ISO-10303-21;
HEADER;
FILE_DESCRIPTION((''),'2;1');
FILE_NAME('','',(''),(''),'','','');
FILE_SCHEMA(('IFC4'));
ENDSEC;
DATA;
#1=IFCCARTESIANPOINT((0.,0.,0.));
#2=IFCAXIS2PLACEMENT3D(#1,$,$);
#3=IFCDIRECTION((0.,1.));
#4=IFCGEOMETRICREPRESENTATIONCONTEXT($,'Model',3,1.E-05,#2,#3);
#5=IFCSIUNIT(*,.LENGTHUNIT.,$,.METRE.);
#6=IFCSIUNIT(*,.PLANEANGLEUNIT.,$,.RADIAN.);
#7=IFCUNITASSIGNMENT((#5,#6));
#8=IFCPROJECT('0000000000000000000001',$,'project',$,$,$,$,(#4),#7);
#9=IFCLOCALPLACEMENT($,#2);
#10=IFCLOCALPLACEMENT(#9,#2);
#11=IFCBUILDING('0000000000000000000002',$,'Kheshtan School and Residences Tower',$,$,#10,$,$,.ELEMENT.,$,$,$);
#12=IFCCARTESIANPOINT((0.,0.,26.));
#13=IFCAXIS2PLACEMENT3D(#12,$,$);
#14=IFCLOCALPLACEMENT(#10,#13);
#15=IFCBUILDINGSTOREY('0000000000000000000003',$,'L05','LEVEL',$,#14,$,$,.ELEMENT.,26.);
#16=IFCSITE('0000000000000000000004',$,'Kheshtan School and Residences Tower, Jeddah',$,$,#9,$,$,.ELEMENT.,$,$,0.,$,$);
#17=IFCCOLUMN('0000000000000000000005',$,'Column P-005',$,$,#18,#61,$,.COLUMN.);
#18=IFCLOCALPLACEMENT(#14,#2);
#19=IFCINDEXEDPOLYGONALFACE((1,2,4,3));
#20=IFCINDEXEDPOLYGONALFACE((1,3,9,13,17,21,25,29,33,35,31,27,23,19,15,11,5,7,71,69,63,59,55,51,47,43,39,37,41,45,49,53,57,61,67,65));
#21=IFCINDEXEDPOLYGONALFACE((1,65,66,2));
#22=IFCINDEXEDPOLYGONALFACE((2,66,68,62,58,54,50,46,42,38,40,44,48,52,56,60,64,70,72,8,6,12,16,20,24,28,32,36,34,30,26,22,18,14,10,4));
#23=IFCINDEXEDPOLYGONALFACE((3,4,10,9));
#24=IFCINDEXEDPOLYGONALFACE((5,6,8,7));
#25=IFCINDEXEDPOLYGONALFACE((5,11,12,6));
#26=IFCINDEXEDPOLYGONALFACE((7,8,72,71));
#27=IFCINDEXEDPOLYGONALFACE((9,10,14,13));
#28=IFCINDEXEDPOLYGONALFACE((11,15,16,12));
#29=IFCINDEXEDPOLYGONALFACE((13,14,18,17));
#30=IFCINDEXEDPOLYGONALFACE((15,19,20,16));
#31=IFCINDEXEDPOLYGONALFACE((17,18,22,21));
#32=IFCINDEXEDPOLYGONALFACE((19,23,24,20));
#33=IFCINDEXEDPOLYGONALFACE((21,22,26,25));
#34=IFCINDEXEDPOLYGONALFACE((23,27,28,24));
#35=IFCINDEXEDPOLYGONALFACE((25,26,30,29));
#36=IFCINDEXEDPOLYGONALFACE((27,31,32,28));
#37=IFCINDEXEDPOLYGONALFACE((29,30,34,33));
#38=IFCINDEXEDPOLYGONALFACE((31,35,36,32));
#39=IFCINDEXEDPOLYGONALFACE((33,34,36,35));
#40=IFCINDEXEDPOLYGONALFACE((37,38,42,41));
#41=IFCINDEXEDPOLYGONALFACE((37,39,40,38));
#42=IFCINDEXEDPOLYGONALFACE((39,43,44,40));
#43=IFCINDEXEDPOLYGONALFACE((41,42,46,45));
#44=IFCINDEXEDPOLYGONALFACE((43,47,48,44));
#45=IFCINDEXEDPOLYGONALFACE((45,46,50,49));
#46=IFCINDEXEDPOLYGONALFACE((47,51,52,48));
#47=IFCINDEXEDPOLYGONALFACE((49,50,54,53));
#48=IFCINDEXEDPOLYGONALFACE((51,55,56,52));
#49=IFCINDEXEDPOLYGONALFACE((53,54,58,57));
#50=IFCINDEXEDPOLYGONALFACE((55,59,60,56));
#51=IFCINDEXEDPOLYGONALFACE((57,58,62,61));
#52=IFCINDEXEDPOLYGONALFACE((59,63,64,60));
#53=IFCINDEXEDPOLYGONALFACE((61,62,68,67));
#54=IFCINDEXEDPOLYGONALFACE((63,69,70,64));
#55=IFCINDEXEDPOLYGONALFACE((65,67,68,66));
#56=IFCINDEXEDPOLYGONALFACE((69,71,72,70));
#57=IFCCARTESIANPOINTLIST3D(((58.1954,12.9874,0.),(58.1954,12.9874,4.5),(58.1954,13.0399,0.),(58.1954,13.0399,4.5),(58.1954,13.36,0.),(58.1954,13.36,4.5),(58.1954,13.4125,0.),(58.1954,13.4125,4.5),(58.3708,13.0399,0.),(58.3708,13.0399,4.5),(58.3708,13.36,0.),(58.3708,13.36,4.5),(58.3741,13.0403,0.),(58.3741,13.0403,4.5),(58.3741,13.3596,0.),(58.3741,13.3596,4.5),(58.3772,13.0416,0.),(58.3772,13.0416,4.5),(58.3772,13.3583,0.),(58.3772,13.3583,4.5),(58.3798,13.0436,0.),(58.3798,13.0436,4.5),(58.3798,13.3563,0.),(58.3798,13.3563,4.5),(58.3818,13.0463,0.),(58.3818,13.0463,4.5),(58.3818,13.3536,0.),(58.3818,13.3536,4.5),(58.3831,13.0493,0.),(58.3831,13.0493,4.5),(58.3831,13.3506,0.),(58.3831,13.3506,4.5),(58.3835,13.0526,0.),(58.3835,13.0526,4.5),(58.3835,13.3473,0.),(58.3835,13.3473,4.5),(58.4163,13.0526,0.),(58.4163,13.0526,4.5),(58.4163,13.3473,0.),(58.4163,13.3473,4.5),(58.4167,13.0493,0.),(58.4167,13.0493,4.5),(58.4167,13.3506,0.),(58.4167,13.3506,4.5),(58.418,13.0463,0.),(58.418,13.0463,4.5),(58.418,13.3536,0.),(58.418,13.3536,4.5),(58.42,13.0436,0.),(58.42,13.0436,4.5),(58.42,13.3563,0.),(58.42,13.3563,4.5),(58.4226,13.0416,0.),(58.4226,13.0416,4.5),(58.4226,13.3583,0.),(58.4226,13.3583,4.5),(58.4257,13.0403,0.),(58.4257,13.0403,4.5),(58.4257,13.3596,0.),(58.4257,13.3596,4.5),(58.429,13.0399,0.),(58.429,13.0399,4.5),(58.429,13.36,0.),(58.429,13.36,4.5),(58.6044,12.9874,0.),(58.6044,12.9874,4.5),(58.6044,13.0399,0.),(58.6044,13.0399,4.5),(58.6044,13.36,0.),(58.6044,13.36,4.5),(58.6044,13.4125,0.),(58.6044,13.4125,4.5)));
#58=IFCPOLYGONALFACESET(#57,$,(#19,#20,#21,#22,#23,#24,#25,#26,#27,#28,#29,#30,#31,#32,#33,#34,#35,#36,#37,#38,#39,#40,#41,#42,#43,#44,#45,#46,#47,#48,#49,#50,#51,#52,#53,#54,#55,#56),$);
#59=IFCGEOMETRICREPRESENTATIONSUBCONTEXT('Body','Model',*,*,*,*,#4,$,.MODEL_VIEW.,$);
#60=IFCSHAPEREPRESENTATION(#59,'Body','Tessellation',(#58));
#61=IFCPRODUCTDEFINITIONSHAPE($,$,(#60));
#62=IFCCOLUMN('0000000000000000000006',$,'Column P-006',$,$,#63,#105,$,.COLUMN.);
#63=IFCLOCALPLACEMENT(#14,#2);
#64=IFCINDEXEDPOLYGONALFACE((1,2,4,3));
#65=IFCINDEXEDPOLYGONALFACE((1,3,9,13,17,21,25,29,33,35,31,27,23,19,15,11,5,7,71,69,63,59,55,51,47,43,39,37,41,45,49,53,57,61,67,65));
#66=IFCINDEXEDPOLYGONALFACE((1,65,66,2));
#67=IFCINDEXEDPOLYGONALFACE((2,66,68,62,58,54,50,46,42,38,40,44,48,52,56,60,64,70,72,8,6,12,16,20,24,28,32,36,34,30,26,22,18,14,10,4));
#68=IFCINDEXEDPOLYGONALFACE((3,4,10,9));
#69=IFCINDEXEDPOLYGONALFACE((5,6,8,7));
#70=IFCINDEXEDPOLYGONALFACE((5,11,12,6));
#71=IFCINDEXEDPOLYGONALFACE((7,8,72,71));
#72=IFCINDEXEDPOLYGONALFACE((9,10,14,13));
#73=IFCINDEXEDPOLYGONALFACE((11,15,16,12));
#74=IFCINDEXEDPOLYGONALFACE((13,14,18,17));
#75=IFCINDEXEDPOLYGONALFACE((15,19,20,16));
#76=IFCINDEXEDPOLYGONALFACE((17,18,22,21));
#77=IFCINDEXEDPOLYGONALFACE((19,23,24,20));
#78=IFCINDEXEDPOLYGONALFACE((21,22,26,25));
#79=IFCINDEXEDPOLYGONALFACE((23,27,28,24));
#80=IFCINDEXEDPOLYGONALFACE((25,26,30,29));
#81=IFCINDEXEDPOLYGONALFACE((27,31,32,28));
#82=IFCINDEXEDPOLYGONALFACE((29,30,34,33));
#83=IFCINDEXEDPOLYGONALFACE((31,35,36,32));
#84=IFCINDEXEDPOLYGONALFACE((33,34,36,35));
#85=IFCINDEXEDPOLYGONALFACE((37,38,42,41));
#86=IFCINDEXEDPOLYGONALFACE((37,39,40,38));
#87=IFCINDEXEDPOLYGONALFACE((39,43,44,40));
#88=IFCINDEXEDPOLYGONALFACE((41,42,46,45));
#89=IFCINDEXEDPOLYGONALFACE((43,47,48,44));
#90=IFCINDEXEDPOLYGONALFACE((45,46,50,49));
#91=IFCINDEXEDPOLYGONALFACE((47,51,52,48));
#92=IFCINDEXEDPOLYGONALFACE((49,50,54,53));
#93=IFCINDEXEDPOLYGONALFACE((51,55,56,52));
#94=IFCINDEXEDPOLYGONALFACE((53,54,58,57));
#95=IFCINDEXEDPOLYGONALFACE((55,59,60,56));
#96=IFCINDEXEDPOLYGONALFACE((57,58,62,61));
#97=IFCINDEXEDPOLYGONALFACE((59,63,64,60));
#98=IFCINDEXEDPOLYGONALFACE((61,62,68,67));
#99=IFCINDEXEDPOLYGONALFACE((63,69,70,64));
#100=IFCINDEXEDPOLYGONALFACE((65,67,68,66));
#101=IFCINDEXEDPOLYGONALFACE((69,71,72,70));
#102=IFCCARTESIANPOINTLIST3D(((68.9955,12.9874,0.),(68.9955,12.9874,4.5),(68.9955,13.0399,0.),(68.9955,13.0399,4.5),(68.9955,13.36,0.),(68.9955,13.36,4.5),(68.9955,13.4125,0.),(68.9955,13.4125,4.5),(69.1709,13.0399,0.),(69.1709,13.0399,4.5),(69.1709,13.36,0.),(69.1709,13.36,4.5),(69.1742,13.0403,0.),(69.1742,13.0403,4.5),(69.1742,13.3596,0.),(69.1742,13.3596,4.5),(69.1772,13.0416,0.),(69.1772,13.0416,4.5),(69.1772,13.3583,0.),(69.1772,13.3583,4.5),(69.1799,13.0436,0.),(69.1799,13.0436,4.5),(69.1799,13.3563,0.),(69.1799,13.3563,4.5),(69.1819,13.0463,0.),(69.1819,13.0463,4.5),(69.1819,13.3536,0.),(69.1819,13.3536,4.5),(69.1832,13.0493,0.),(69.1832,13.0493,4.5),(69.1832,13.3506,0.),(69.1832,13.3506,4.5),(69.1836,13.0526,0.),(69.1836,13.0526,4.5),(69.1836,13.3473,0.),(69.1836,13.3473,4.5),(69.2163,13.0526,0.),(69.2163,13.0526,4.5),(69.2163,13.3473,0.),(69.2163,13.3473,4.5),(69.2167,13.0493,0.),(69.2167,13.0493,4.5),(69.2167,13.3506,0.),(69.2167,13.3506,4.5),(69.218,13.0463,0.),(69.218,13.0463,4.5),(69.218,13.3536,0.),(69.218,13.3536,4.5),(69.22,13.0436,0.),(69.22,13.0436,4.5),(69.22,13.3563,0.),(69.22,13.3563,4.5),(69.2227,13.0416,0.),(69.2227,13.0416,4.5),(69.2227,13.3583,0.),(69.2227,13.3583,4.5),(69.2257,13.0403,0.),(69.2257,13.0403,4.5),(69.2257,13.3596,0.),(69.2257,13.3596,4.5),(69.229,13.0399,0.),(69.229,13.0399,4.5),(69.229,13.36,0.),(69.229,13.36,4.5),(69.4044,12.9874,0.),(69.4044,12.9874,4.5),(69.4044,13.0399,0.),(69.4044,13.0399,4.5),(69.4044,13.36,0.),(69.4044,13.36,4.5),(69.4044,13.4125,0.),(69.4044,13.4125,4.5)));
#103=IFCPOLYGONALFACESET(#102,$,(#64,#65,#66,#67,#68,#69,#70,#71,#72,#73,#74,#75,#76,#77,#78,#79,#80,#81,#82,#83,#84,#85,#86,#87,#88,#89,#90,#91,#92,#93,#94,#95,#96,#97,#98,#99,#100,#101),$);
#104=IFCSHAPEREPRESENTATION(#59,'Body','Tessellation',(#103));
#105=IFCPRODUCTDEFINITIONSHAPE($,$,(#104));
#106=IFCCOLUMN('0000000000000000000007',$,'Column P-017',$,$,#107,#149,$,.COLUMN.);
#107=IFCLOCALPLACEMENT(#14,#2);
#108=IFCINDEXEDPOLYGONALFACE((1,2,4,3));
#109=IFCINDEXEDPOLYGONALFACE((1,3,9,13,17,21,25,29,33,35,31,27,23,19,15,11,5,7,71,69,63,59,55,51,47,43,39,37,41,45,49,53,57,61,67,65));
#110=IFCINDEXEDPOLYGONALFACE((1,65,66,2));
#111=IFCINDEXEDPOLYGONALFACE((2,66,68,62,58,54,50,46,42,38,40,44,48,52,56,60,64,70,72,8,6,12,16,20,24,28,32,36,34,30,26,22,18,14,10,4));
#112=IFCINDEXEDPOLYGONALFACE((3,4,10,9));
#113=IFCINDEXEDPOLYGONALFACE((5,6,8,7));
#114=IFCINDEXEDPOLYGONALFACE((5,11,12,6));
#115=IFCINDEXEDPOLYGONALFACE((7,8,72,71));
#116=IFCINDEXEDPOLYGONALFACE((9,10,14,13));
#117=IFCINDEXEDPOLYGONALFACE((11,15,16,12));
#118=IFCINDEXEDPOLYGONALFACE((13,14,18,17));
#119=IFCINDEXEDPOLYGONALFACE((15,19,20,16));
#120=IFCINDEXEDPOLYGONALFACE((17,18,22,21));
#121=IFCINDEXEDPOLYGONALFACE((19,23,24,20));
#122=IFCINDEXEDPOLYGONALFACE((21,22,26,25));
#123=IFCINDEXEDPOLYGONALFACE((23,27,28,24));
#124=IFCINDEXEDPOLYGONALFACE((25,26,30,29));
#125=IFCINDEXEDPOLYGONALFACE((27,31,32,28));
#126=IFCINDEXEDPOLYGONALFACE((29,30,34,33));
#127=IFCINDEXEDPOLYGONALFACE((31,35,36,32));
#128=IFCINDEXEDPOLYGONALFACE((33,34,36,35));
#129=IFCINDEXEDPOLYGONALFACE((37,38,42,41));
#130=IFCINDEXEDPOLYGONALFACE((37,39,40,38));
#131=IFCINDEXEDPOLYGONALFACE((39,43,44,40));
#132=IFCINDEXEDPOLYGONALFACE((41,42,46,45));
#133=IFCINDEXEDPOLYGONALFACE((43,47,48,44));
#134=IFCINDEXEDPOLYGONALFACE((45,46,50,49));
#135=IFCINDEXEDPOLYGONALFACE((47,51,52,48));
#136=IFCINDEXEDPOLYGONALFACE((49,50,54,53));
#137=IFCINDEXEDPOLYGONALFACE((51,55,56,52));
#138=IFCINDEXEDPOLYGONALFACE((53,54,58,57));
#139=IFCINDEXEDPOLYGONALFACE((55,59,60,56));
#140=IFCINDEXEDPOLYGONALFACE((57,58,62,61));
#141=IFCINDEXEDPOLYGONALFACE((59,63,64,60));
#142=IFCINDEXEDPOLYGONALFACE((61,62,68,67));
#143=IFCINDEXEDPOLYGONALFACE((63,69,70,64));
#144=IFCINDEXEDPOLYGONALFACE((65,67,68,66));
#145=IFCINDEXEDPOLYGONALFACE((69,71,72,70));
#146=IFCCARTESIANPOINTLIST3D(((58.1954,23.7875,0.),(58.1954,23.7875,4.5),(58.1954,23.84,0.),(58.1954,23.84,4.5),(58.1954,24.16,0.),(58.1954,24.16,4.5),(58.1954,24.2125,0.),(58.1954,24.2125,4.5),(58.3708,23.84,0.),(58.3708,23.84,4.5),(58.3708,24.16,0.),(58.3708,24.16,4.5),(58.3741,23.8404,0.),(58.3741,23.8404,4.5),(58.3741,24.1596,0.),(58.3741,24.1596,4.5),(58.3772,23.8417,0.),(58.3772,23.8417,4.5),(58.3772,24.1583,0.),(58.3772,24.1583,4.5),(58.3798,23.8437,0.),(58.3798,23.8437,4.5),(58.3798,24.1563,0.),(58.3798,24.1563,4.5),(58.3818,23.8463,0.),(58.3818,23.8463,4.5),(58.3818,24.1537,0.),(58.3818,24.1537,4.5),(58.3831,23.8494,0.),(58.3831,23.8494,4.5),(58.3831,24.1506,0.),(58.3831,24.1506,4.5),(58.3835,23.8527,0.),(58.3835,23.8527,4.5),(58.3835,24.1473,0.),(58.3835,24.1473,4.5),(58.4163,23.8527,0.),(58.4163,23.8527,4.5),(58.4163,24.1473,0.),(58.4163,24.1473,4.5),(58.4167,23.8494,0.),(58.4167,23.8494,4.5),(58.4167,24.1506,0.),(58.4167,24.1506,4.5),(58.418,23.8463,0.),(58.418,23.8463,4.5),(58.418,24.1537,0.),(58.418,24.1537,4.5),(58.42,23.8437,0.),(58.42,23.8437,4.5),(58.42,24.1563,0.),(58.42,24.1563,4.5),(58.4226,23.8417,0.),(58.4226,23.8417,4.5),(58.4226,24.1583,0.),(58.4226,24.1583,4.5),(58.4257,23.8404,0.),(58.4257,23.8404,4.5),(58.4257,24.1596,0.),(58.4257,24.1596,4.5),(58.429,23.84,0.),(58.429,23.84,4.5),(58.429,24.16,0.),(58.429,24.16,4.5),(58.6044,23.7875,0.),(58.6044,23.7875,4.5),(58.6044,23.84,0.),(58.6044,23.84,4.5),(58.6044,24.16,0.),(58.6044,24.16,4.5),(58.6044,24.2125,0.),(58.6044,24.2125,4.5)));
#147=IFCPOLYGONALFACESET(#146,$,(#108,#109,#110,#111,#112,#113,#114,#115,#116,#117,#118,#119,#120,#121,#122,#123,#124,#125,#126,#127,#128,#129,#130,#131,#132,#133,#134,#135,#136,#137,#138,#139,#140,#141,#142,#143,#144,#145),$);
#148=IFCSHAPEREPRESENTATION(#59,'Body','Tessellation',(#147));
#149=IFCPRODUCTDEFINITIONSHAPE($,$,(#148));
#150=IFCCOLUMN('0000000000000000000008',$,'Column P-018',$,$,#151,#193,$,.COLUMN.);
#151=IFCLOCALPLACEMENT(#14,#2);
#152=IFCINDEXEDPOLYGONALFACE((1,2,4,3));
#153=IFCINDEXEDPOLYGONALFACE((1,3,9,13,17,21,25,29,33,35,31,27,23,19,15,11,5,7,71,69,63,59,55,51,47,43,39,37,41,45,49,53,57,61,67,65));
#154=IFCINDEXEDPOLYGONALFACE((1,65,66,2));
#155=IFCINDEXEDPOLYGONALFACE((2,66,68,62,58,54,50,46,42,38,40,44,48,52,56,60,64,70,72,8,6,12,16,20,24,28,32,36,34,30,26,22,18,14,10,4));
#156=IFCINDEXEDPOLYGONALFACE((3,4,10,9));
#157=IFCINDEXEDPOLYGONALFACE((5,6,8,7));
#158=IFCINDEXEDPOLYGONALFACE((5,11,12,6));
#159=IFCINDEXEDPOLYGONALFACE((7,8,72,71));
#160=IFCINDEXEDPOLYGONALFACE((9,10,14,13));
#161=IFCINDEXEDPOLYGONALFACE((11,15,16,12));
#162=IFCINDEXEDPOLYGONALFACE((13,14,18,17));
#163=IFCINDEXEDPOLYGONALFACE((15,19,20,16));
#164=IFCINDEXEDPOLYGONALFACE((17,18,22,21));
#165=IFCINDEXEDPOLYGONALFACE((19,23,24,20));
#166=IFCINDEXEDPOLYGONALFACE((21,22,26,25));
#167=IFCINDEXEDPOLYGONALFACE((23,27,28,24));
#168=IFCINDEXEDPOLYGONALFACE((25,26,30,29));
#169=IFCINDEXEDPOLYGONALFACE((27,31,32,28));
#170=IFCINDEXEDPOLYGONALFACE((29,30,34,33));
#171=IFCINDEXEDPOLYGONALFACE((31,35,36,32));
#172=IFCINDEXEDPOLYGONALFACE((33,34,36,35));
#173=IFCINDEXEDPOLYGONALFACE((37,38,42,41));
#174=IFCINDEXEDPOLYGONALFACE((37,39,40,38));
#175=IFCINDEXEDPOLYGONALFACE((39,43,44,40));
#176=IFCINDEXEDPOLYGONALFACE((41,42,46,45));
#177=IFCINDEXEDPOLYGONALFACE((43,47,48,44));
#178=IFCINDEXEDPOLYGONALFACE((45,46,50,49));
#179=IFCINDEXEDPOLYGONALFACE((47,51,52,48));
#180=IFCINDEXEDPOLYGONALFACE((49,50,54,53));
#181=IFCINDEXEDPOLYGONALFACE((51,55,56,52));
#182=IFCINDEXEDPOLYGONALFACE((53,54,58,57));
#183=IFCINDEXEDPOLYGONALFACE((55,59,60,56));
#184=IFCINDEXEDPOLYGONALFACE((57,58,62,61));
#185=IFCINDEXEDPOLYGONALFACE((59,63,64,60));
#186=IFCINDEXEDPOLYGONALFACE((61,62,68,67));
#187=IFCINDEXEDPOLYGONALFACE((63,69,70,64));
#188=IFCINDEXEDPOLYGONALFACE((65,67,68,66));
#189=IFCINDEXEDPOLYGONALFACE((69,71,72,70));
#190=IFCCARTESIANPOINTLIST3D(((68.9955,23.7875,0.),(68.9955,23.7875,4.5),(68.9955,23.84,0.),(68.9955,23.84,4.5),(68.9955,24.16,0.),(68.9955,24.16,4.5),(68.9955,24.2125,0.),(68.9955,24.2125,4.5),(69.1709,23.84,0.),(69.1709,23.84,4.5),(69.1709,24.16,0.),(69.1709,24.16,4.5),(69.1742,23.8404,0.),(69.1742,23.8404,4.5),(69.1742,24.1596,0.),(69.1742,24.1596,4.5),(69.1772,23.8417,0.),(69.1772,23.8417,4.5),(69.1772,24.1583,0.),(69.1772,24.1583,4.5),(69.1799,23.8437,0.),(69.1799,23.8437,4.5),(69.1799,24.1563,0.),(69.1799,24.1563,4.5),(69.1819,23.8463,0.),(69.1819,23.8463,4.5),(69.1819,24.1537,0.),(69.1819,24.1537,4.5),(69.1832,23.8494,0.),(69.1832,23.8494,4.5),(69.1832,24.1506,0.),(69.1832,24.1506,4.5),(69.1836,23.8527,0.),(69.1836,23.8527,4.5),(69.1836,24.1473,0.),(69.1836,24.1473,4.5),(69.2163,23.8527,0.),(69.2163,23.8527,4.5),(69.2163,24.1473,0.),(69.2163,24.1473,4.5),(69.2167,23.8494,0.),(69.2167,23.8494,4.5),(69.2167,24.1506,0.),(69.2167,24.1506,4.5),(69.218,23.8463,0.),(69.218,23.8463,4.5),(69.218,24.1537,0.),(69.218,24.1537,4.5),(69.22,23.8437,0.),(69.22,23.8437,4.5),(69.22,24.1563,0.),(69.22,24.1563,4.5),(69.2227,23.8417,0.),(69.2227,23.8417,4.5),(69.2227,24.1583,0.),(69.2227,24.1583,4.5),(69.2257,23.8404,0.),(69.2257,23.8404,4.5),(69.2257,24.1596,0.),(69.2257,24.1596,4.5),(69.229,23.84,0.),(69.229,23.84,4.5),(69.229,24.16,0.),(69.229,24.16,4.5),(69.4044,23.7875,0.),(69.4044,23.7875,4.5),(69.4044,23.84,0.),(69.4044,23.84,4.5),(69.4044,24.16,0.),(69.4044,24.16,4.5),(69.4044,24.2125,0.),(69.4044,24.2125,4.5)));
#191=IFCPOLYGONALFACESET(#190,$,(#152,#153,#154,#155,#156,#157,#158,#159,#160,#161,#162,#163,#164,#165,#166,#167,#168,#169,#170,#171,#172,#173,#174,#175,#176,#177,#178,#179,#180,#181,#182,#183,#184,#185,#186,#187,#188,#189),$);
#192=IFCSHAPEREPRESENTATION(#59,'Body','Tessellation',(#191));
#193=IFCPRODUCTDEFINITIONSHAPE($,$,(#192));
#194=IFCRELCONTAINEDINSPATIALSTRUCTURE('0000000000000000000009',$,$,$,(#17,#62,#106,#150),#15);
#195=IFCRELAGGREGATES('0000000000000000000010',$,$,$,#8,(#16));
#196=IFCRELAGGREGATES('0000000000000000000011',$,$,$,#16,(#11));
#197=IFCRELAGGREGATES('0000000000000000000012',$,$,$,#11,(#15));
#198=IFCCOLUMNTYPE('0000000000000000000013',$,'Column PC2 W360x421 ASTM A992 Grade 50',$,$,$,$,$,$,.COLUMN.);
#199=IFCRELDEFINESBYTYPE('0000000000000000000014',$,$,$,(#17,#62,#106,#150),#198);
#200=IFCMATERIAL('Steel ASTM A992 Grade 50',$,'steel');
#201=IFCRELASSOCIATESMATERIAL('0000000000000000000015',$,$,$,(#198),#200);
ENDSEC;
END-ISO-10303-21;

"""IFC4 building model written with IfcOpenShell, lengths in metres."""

from ifc_helpers import new_model, si_unit, direction, frame, origin, origin_2d, place, context, subcontext, project, spatial, i_section, extrude, material, material_profile, profile_set, type_object, element, save


model = new_model("IFC4")

# Units and contexts
model_context = context("Model", 3, precision=1e-05, world=origin(), true_north=direction((0.0, 1.0)))
body_context = subcontext(model_context, "Body", "Model", "MODEL_VIEW")
ifc_project = project(units=[si_unit("LENGTHUNIT", "METRE"), si_unit("PLANEANGLEUNIT", "RADIAN")], contexts=[model_context])

# Site, building, storey
site_placement = place(None, origin())
site = spatial("IfcSite", under=ifc_project, at=site_placement, Name="Kheshtan School and Residences Tower, Jeddah", CompositionType="ELEMENT", RefElevation=0.0)
building_placement = place(site_placement, origin())
building = spatial("IfcBuilding", under=site, at=building_placement, Name="Kheshtan School and Residences Tower", CompositionType="ELEMENT")
storey_placement = place(building_placement, frame((0.0, 0.0, 26.0)))
storey = spatial("IfcBuildingStorey", under=building, at=storey_placement, Name="L05", Description="LEVEL", CompositionType="ELEMENT", Elevation=26.0)

# Columns
ifc_material_1 = material(Name="Steel ASTM A992 Grade 50", Category="steel")
ifc_material_profile_1 = material_profile(ifc_material_1, i_section(OverallWidth=0.4089, OverallDepth=0.425, WebThickness=0.0327, FlangeThickness=0.0525, FilletRadius=0.0127, at=origin_2d()), Name="W360x421")
ifc_profile_set_1 = profile_set([ifc_material_profile_1], Name="Steel ASTM A992 Grade 50")
column_type = type_object("IfcColumnType", Name="Column PC2 W360x421 ASTM A992 Grade 50", PredefinedType="COLUMN", material=ifc_profile_set_1)
for number, where, z_axis, x_axis, name in (
    (1, (58.3999, 13.2, 0.0), (0.0, 0.0, 1.0), (1.0, 0.0, 0.0), "Column P-005"),
    (2, (69.2, 13.2, 0.0), (0.0, 0.0, 1.0), (1.0, 0.0, 0.0), "Column P-006"),
    (3, (58.3999, 24.0, 0.0), (0.0, 0.0, 1.0), (1.0, 0.0, 0.0), "Column P-017"),
    (4, (69.2, 24.0, 0.0), (0.0, 0.0, 1.0), (1.0, 0.0, 0.0), "Column P-018"),
):
    element("IfcColumn", number, at=place(storey_placement, frame(where, z_axis=z_axis, x_axis=x_axis)), inside=storey, type_object=column_type, Name=name, PredefinedType="COLUMN", context=body_context, shape_type="SweptSolid", body=[
        extrude(i_section(OverallWidth=0.4089, OverallDepth=0.425, WebThickness=0.0327, FlangeThickness=0.0525, FilletRadius=0.0127, at=origin_2d()), origin(), (0.0, 0.0, 1.0), 4.5),
    ])

save(model, "model.ifc")
